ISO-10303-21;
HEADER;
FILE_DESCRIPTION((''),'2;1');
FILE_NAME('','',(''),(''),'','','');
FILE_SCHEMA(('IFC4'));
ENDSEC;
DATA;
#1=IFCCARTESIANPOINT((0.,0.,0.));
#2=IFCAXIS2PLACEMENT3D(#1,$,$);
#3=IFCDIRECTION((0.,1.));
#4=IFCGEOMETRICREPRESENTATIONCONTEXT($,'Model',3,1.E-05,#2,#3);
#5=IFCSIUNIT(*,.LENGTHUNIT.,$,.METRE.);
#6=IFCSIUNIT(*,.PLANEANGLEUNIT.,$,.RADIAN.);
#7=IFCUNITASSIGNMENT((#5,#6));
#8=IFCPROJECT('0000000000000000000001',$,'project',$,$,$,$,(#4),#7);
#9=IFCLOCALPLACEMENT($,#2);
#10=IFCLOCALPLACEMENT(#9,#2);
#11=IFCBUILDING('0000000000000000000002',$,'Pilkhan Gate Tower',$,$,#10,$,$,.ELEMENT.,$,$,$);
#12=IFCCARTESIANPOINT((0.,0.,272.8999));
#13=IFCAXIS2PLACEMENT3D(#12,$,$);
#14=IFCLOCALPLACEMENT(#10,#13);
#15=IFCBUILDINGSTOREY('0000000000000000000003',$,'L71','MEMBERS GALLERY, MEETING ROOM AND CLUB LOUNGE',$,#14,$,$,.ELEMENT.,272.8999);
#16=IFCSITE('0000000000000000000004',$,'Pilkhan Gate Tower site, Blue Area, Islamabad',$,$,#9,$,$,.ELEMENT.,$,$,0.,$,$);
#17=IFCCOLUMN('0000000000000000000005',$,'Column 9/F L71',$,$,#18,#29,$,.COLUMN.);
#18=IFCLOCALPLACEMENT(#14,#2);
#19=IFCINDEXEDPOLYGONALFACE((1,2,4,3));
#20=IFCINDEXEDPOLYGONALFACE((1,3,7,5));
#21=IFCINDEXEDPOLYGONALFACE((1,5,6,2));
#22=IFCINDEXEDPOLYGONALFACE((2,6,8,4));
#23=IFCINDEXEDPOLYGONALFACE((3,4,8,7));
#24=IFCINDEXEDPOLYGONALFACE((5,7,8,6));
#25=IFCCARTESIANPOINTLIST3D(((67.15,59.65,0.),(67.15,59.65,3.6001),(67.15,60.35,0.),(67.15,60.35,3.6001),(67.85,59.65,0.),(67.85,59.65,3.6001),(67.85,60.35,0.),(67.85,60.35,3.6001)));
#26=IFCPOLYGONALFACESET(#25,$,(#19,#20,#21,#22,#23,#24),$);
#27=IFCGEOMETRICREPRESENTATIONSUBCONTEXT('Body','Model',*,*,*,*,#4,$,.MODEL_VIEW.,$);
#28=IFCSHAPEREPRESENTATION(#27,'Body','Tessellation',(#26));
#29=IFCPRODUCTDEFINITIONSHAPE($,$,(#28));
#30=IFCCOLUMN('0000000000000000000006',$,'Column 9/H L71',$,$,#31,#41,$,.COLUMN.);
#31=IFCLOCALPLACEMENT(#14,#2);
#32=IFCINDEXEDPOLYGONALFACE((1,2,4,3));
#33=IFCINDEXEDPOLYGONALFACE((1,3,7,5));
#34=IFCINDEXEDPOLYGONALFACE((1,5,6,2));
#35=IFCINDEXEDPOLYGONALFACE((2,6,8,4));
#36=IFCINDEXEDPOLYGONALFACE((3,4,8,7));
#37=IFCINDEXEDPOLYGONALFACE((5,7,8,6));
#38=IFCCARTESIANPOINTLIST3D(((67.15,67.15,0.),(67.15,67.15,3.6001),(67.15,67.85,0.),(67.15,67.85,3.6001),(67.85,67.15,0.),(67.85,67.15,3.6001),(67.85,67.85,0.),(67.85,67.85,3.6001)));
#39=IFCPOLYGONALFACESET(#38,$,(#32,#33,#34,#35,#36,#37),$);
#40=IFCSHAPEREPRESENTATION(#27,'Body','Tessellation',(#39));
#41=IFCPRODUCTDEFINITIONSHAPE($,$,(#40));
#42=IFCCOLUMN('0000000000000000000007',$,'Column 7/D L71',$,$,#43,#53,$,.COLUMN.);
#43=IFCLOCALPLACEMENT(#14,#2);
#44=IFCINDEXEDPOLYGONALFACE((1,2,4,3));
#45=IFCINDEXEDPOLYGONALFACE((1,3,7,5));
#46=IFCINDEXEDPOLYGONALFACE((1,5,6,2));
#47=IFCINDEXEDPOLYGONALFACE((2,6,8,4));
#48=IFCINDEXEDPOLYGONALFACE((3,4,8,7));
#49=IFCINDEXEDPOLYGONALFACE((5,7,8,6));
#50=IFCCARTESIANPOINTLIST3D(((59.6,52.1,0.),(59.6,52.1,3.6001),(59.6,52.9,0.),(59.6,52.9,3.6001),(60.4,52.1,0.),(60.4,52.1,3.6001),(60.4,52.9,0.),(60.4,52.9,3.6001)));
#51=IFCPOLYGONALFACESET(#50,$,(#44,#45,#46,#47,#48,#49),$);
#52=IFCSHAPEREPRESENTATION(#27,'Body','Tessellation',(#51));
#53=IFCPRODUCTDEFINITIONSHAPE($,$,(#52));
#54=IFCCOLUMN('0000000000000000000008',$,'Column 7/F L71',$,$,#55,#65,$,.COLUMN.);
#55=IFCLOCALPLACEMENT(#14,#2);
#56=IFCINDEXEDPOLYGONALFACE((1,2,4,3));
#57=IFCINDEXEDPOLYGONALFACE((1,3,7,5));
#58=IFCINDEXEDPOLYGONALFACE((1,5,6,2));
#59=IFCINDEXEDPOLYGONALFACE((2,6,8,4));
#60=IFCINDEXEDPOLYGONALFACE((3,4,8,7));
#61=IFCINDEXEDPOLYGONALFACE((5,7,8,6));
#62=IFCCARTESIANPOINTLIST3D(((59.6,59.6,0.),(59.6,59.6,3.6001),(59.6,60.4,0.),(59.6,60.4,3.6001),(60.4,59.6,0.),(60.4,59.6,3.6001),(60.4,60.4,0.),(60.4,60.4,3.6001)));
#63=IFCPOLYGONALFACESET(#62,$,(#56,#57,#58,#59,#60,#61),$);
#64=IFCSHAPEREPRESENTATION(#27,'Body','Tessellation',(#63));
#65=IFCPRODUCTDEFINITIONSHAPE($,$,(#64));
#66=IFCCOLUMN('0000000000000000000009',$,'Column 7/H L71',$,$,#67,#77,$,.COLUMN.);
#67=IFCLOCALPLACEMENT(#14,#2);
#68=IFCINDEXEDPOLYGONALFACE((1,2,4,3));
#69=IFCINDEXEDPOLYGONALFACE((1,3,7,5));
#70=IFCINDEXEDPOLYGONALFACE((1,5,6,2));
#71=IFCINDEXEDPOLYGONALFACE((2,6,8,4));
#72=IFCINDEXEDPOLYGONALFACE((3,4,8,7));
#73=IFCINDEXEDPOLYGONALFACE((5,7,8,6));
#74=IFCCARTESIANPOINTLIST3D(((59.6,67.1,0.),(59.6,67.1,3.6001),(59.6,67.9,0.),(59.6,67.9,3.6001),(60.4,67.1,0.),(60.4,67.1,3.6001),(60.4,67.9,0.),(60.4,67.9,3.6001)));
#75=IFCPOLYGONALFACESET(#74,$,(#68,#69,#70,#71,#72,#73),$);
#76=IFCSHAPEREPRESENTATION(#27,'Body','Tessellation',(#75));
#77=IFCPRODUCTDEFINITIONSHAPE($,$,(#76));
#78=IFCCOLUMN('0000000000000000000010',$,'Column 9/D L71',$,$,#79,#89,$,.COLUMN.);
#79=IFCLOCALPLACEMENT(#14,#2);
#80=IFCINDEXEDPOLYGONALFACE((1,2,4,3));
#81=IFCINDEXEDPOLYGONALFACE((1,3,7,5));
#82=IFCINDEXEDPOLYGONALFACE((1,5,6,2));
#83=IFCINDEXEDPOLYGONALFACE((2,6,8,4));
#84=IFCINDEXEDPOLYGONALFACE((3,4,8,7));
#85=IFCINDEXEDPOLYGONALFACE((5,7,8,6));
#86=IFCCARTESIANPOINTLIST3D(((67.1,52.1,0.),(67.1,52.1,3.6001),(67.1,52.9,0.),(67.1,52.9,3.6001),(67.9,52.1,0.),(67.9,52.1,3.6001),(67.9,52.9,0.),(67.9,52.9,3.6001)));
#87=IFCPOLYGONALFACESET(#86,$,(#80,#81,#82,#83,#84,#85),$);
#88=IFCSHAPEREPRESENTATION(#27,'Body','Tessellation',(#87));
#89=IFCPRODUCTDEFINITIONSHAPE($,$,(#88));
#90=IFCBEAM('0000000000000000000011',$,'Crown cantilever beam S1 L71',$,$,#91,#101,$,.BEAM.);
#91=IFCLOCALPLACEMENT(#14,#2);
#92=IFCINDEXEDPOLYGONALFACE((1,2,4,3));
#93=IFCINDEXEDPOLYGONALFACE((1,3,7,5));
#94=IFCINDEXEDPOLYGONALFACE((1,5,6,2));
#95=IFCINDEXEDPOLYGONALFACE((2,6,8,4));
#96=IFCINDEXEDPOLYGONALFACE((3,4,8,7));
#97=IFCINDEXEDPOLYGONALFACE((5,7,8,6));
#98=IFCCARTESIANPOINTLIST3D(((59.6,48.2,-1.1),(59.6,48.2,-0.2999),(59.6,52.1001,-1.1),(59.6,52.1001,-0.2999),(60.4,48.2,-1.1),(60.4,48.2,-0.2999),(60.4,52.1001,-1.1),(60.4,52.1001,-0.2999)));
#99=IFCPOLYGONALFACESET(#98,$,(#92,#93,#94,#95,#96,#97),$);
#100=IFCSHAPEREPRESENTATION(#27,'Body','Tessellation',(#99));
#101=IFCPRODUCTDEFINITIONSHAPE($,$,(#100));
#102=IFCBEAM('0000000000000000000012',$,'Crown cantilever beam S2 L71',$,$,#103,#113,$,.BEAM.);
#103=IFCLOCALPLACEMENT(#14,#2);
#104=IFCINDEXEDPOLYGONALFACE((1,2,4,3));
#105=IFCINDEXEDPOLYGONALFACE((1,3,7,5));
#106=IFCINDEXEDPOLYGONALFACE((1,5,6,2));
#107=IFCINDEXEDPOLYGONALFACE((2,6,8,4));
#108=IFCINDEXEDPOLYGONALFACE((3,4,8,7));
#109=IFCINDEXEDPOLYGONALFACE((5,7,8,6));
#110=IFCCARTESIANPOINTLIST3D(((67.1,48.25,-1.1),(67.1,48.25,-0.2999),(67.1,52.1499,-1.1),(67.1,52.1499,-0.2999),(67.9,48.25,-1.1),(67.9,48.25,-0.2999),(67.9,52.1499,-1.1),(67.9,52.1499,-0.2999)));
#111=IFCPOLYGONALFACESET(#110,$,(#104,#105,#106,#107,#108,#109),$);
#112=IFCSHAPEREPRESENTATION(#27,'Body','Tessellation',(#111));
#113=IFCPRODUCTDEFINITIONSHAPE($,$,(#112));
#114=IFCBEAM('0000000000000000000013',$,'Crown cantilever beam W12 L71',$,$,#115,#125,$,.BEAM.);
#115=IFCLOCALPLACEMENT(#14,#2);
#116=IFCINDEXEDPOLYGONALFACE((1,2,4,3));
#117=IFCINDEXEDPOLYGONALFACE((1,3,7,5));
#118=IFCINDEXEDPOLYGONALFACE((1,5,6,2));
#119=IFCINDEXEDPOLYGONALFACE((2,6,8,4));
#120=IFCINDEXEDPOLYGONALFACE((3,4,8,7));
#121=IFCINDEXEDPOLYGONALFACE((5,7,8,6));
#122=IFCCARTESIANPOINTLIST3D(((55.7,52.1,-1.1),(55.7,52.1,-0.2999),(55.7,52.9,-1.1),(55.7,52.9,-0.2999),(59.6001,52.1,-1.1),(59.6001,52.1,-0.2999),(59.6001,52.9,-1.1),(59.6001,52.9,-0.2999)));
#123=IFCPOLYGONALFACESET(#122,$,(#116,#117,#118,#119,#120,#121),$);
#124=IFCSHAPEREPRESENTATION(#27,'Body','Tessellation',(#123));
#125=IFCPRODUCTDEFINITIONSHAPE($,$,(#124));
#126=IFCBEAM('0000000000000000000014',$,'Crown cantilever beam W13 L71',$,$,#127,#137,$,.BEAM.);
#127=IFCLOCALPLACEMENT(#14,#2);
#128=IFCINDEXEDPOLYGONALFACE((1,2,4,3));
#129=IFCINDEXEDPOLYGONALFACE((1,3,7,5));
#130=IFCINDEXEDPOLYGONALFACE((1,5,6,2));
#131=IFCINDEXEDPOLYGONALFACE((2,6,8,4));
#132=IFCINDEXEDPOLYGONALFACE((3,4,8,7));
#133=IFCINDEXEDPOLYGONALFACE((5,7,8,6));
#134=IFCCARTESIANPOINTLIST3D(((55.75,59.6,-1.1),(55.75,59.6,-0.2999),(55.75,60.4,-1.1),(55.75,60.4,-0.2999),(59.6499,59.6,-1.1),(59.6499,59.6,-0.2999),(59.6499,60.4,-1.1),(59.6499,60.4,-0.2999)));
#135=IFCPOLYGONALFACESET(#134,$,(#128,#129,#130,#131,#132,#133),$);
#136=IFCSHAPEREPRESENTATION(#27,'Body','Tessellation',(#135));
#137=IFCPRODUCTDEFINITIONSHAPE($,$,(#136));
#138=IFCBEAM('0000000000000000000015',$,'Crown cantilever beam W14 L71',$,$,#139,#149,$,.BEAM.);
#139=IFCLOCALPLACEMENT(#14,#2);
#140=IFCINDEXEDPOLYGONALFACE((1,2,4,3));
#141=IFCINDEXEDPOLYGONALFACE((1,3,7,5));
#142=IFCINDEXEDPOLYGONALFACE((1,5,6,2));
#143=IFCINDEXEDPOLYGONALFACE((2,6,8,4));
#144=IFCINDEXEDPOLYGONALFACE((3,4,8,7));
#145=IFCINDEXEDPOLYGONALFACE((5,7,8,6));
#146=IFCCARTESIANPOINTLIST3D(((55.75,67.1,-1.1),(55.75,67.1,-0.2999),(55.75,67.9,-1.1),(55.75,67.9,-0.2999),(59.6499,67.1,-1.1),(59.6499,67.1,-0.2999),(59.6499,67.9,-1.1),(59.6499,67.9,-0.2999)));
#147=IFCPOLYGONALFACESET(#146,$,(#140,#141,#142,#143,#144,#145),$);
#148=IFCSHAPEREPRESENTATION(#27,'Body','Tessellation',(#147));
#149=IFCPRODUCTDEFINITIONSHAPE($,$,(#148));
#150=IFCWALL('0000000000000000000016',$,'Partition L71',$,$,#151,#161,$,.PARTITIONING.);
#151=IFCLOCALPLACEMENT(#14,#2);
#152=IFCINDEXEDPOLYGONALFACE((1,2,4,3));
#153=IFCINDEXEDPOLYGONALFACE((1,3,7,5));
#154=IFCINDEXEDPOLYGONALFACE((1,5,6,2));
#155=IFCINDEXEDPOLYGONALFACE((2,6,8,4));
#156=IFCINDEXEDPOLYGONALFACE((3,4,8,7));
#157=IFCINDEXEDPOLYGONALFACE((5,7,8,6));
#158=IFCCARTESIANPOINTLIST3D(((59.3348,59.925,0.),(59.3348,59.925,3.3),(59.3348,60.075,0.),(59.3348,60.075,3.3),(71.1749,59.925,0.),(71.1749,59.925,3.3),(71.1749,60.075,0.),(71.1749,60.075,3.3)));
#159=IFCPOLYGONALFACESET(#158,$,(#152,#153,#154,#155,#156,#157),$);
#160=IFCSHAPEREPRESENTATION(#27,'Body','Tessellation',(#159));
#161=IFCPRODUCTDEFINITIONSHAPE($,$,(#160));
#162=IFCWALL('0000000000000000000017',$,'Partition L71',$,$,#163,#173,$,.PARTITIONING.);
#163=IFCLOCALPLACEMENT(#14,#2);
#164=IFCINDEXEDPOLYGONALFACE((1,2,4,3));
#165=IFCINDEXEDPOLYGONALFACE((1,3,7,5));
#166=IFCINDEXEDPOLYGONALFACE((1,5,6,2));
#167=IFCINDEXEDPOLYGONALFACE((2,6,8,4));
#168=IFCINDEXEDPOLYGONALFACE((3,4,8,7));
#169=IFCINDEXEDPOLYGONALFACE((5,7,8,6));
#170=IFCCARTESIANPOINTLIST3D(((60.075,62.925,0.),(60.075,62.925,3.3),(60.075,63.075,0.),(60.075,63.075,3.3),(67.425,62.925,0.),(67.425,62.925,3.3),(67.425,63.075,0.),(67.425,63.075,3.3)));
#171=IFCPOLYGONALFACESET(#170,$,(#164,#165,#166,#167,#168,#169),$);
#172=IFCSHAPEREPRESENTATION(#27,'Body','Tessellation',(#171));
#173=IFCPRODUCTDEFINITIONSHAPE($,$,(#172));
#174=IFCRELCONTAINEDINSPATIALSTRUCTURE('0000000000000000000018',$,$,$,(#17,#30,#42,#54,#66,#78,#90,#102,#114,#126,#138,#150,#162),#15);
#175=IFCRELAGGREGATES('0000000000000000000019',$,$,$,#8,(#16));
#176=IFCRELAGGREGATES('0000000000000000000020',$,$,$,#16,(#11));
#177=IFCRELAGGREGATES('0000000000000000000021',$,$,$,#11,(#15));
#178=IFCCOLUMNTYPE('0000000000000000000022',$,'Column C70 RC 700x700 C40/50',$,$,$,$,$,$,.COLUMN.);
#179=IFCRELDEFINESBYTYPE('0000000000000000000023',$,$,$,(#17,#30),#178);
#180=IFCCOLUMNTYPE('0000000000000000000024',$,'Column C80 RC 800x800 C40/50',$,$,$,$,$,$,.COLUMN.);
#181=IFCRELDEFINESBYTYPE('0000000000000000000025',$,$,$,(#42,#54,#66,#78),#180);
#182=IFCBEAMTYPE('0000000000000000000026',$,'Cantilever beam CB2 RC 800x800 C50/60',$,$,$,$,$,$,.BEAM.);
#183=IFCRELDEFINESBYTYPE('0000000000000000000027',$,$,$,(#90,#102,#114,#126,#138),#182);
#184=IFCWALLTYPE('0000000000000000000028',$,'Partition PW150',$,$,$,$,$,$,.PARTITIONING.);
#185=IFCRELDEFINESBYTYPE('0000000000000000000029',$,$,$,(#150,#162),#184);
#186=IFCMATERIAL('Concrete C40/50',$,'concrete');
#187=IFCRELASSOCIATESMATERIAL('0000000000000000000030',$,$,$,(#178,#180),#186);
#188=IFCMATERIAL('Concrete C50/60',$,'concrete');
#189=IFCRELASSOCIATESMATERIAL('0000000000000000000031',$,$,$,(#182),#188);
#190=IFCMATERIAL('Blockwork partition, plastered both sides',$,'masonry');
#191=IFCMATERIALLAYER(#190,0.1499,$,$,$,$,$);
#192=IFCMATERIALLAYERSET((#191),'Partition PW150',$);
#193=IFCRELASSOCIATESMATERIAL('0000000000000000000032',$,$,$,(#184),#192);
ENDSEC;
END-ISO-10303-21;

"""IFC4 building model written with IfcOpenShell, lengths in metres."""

from ifc_helpers import new_model, si_unit, direction, frame, frame_2d, origin, origin_2d, place, context, subcontext, project, spatial, rectangle, extrude, material, layer, layer_set, material_profile, profile_set, type_object, element, save


model = new_model("IFC4")

# Units and contexts
model_context = context("Model", 3, precision=1e-05, world=origin(), true_north=direction((0.0, 1.0)))
body_context = subcontext(model_context, "Body", "Model", "MODEL_VIEW")
ifc_project = project(units=[si_unit("LENGTHUNIT", "METRE"), si_unit("PLANEANGLEUNIT", "RADIAN")], contexts=[model_context])

# Site, building, storey
site_placement = place(None, origin())
site = spatial("IfcSite", under=ifc_project, at=site_placement, Name="Pilkhan Gate Tower site, Blue Area, Islamabad", CompositionType="ELEMENT", RefElevation=0.0)
building_placement = place(site_placement, origin())
building = spatial("IfcBuilding", under=site, at=building_placement, Name="Pilkhan Gate Tower", CompositionType="ELEMENT")
storey_placement = place(building_placement, frame((0.0, 0.0, 272.8999)))
storey = spatial("IfcBuildingStorey", under=building, at=storey_placement, Name="L71", Description="MEMBERS GALLERY, MEETING ROOM AND CLUB LOUNGE", CompositionType="ELEMENT", Elevation=272.8999)

# Columns
ifc_material_1 = material(Name="Concrete C40/50", Category="concrete")
ifc_material_profile_1 = material_profile(ifc_material_1, rectangle(XDim=0.7, YDim=0.7, at=origin_2d()), Name="RC 700x700")
ifc_profile_set_1 = profile_set([ifc_material_profile_1], Name="Concrete C40/50")
column_type_1 = type_object("IfcColumnType", Name="Column C70 RC 700x700 C40/50", PredefinedType="COLUMN", material=ifc_profile_set_1)
for number, where, z_axis, x_axis, name in (
    (1, (67.5, 60.0, 0.0), (0.0, 0.0, 1.0), (1.0, 0.0, 0.0), "Column 9/F L71"),
    (2, (67.5, 67.5, 0.0), (0.0, 0.0, 1.0), (1.0, 0.0, 0.0), "Column 9/H L71"),
):
    element("IfcColumn", number, at=place(storey_placement, frame(where, z_axis=z_axis, x_axis=x_axis)), inside=storey, type_object=column_type_1, Name=name, PredefinedType="COLUMN", context=body_context, shape_type="SweptSolid", body=[
        extrude(rectangle(XDim=0.7, YDim=0.7, at=origin_2d()), origin(), (0.0, 0.0, 1.0), 3.6001),
    ])
ifc_material_profile_2 = material_profile(ifc_material_1, rectangle(XDim=0.8, YDim=0.8, at=origin_2d()), Name="RC 800x800")
ifc_profile_set_2 = profile_set([ifc_material_profile_2], Name="Concrete C40/50")
column_type_2 = type_object("IfcColumnType", Name="Column C80 RC 800x800 C40/50", PredefinedType="COLUMN", material=ifc_profile_set_2)
for number, where, z_axis, x_axis, name in (
    (3, (60.0, 52.5, 0.0), (0.0, 0.0, 1.0), (1.0, 0.0, 0.0), "Column 7/D L71"),
    (4, (60.0, 60.0, 0.0), (0.0, 0.0, 1.0), (1.0, 0.0, 0.0), "Column 7/F L71"),
    (5, (60.0, 67.5, 0.0), (0.0, 0.0, 1.0), (1.0, 0.0, 0.0), "Column 7/H L71"),
    (6, (67.5, 52.5, 0.0), (0.0, 0.0, 1.0), (1.0, 0.0, 0.0), "Column 9/D L71"),
):
    element("IfcColumn", number, at=place(storey_placement, frame(where, z_axis=z_axis, x_axis=x_axis)), inside=storey, type_object=column_type_2, Name=name, PredefinedType="COLUMN", context=body_context, shape_type="SweptSolid", body=[
        extrude(rectangle(XDim=0.8, YDim=0.8, at=origin_2d()), origin(), (0.0, 0.0, 1.0), 3.6001),
    ])

# Beams
ifc_material_2 = material(Name="Concrete C50/60", Category="concrete")
ifc_material_profile_3 = material_profile(ifc_material_2, rectangle(XDim=0.8, YDim=0.8, at=origin_2d()), Name="RC 800x800")
ifc_profile_set_3 = profile_set([ifc_material_profile_3], Name="Concrete C50/60")
beam_type = type_object("IfcBeamType", Name="Cantilever beam CB2 RC 800x800 C50/60", PredefinedType="BEAM", material=ifc_profile_set_3)
beam_1_placement = place(storey_placement, frame((60.0, 52.1001, -0.7), z_axis=(0.0, -1.0, 0.0), x_axis=(1.0, 0.0, 0.0)))
element("IfcBeam", 7, at=beam_1_placement, inside=storey, type_object=beam_type, Name="Crown cantilever beam S1 L71", PredefinedType="BEAM", context=body_context, shape_type="SweptSolid", body=[
    extrude(rectangle(XDim=0.8, YDim=0.8, at=origin_2d()), origin(), (0.0, 0.0, 1.0), 3.9001),
])
beam_2_placement = place(storey_placement, frame((67.5, 52.1499, -0.7), z_axis=(0.0, -1.0, 0.0), x_axis=(1.0, 0.0, 0.0)))
element("IfcBeam", 8, at=beam_2_placement, inside=storey, type_object=beam_type, Name="Crown cantilever beam S2 L71", PredefinedType="BEAM", context=body_context, shape_type="SweptSolid", body=[
    extrude(rectangle(XDim=0.8, YDim=0.8, at=origin_2d()), origin(), (0.0, 0.0, 1.0), 3.8999),
])
beam_3_placement = place(storey_placement, frame((59.6001, 52.5, -0.7), z_axis=(-1.0, 0.0, 0.0), x_axis=(0.0, -1.0, 0.0)))
element("IfcBeam", 9, at=beam_3_placement, inside=storey, type_object=beam_type, Name="Crown cantilever beam W12 L71", PredefinedType="BEAM", context=body_context, shape_type="SweptSolid", body=[
    extrude(rectangle(XDim=0.8, YDim=0.8, at=origin_2d()), origin(), (0.0, 0.0, 1.0), 3.9001),
])
for number, where, z_axis, x_axis, name in (
    (10, (59.6499, 60.0, -0.7), (-1.0, 0.0, 0.0), (0.0, -1.0, 0.0), "Crown cantilever beam W13 L71"),
    (11, (59.6499, 67.5, -0.7), (-1.0, 0.0, 0.0), (0.0, -1.0, 0.0), "Crown cantilever beam W14 L71"),
):
    element("IfcBeam", number, at=place(storey_placement, frame(where, z_axis=z_axis, x_axis=x_axis)), inside=storey, type_object=beam_type, Name=name, PredefinedType="BEAM", context=body_context, shape_type="SweptSolid", body=[
        extrude(rectangle(XDim=0.8, YDim=0.8, at=origin_2d()), origin(), (0.0, 0.0, 1.0), 3.8999),
    ])

# Walls
ifc_material_3 = material(Name="Blockwork partition, plastered both sides", Category="masonry")
ifc_layer_1 = layer(ifc_material_3, 0.1499)
ifc_layer_set_1 = layer_set([ifc_layer_1], Name="Partition PW150")
wall_type_1 = type_object("IfcWallType", Name="Partition PW150", PredefinedType="PARTITIONING", material=ifc_layer_set_1)
wall_1_placement = place(storey_placement, frame((59.335, 60.0, 0.0), z_axis=(0.0, 0.0, 1.0), x_axis=(1.0, 0.0, 0.0)))
element("IfcWall", 12, at=wall_1_placement, inside=storey, type_object=wall_type_1, Name="Partition L71", PredefinedType="PARTITIONING", context=body_context, shape_type="SweptSolid", body=[
    extrude(rectangle(XDim=11.8401, YDim=0.1499, at=frame_2d((5.9199, 0.0))), origin(), (0.0, 0.0, 1.0), 3.3),
])
wall_2_placement = place(storey_placement, frame((60.075, 63.0, 0.0), z_axis=(0.0, 0.0, 1.0), x_axis=(1.0, 0.0, 0.0)))
element("IfcWall", 13, at=wall_2_placement, inside=storey, type_object=wall_type_1, Name="Partition L71", PredefinedType="PARTITIONING", context=body_context, shape_type="SweptSolid", body=[
    extrude(rectangle(XDim=7.3501, YDim=0.1499, at=frame_2d((3.675, 0.0))), origin(), (0.0, 0.0, 1.0), 3.3),
])

save(model, "model.ifc")
